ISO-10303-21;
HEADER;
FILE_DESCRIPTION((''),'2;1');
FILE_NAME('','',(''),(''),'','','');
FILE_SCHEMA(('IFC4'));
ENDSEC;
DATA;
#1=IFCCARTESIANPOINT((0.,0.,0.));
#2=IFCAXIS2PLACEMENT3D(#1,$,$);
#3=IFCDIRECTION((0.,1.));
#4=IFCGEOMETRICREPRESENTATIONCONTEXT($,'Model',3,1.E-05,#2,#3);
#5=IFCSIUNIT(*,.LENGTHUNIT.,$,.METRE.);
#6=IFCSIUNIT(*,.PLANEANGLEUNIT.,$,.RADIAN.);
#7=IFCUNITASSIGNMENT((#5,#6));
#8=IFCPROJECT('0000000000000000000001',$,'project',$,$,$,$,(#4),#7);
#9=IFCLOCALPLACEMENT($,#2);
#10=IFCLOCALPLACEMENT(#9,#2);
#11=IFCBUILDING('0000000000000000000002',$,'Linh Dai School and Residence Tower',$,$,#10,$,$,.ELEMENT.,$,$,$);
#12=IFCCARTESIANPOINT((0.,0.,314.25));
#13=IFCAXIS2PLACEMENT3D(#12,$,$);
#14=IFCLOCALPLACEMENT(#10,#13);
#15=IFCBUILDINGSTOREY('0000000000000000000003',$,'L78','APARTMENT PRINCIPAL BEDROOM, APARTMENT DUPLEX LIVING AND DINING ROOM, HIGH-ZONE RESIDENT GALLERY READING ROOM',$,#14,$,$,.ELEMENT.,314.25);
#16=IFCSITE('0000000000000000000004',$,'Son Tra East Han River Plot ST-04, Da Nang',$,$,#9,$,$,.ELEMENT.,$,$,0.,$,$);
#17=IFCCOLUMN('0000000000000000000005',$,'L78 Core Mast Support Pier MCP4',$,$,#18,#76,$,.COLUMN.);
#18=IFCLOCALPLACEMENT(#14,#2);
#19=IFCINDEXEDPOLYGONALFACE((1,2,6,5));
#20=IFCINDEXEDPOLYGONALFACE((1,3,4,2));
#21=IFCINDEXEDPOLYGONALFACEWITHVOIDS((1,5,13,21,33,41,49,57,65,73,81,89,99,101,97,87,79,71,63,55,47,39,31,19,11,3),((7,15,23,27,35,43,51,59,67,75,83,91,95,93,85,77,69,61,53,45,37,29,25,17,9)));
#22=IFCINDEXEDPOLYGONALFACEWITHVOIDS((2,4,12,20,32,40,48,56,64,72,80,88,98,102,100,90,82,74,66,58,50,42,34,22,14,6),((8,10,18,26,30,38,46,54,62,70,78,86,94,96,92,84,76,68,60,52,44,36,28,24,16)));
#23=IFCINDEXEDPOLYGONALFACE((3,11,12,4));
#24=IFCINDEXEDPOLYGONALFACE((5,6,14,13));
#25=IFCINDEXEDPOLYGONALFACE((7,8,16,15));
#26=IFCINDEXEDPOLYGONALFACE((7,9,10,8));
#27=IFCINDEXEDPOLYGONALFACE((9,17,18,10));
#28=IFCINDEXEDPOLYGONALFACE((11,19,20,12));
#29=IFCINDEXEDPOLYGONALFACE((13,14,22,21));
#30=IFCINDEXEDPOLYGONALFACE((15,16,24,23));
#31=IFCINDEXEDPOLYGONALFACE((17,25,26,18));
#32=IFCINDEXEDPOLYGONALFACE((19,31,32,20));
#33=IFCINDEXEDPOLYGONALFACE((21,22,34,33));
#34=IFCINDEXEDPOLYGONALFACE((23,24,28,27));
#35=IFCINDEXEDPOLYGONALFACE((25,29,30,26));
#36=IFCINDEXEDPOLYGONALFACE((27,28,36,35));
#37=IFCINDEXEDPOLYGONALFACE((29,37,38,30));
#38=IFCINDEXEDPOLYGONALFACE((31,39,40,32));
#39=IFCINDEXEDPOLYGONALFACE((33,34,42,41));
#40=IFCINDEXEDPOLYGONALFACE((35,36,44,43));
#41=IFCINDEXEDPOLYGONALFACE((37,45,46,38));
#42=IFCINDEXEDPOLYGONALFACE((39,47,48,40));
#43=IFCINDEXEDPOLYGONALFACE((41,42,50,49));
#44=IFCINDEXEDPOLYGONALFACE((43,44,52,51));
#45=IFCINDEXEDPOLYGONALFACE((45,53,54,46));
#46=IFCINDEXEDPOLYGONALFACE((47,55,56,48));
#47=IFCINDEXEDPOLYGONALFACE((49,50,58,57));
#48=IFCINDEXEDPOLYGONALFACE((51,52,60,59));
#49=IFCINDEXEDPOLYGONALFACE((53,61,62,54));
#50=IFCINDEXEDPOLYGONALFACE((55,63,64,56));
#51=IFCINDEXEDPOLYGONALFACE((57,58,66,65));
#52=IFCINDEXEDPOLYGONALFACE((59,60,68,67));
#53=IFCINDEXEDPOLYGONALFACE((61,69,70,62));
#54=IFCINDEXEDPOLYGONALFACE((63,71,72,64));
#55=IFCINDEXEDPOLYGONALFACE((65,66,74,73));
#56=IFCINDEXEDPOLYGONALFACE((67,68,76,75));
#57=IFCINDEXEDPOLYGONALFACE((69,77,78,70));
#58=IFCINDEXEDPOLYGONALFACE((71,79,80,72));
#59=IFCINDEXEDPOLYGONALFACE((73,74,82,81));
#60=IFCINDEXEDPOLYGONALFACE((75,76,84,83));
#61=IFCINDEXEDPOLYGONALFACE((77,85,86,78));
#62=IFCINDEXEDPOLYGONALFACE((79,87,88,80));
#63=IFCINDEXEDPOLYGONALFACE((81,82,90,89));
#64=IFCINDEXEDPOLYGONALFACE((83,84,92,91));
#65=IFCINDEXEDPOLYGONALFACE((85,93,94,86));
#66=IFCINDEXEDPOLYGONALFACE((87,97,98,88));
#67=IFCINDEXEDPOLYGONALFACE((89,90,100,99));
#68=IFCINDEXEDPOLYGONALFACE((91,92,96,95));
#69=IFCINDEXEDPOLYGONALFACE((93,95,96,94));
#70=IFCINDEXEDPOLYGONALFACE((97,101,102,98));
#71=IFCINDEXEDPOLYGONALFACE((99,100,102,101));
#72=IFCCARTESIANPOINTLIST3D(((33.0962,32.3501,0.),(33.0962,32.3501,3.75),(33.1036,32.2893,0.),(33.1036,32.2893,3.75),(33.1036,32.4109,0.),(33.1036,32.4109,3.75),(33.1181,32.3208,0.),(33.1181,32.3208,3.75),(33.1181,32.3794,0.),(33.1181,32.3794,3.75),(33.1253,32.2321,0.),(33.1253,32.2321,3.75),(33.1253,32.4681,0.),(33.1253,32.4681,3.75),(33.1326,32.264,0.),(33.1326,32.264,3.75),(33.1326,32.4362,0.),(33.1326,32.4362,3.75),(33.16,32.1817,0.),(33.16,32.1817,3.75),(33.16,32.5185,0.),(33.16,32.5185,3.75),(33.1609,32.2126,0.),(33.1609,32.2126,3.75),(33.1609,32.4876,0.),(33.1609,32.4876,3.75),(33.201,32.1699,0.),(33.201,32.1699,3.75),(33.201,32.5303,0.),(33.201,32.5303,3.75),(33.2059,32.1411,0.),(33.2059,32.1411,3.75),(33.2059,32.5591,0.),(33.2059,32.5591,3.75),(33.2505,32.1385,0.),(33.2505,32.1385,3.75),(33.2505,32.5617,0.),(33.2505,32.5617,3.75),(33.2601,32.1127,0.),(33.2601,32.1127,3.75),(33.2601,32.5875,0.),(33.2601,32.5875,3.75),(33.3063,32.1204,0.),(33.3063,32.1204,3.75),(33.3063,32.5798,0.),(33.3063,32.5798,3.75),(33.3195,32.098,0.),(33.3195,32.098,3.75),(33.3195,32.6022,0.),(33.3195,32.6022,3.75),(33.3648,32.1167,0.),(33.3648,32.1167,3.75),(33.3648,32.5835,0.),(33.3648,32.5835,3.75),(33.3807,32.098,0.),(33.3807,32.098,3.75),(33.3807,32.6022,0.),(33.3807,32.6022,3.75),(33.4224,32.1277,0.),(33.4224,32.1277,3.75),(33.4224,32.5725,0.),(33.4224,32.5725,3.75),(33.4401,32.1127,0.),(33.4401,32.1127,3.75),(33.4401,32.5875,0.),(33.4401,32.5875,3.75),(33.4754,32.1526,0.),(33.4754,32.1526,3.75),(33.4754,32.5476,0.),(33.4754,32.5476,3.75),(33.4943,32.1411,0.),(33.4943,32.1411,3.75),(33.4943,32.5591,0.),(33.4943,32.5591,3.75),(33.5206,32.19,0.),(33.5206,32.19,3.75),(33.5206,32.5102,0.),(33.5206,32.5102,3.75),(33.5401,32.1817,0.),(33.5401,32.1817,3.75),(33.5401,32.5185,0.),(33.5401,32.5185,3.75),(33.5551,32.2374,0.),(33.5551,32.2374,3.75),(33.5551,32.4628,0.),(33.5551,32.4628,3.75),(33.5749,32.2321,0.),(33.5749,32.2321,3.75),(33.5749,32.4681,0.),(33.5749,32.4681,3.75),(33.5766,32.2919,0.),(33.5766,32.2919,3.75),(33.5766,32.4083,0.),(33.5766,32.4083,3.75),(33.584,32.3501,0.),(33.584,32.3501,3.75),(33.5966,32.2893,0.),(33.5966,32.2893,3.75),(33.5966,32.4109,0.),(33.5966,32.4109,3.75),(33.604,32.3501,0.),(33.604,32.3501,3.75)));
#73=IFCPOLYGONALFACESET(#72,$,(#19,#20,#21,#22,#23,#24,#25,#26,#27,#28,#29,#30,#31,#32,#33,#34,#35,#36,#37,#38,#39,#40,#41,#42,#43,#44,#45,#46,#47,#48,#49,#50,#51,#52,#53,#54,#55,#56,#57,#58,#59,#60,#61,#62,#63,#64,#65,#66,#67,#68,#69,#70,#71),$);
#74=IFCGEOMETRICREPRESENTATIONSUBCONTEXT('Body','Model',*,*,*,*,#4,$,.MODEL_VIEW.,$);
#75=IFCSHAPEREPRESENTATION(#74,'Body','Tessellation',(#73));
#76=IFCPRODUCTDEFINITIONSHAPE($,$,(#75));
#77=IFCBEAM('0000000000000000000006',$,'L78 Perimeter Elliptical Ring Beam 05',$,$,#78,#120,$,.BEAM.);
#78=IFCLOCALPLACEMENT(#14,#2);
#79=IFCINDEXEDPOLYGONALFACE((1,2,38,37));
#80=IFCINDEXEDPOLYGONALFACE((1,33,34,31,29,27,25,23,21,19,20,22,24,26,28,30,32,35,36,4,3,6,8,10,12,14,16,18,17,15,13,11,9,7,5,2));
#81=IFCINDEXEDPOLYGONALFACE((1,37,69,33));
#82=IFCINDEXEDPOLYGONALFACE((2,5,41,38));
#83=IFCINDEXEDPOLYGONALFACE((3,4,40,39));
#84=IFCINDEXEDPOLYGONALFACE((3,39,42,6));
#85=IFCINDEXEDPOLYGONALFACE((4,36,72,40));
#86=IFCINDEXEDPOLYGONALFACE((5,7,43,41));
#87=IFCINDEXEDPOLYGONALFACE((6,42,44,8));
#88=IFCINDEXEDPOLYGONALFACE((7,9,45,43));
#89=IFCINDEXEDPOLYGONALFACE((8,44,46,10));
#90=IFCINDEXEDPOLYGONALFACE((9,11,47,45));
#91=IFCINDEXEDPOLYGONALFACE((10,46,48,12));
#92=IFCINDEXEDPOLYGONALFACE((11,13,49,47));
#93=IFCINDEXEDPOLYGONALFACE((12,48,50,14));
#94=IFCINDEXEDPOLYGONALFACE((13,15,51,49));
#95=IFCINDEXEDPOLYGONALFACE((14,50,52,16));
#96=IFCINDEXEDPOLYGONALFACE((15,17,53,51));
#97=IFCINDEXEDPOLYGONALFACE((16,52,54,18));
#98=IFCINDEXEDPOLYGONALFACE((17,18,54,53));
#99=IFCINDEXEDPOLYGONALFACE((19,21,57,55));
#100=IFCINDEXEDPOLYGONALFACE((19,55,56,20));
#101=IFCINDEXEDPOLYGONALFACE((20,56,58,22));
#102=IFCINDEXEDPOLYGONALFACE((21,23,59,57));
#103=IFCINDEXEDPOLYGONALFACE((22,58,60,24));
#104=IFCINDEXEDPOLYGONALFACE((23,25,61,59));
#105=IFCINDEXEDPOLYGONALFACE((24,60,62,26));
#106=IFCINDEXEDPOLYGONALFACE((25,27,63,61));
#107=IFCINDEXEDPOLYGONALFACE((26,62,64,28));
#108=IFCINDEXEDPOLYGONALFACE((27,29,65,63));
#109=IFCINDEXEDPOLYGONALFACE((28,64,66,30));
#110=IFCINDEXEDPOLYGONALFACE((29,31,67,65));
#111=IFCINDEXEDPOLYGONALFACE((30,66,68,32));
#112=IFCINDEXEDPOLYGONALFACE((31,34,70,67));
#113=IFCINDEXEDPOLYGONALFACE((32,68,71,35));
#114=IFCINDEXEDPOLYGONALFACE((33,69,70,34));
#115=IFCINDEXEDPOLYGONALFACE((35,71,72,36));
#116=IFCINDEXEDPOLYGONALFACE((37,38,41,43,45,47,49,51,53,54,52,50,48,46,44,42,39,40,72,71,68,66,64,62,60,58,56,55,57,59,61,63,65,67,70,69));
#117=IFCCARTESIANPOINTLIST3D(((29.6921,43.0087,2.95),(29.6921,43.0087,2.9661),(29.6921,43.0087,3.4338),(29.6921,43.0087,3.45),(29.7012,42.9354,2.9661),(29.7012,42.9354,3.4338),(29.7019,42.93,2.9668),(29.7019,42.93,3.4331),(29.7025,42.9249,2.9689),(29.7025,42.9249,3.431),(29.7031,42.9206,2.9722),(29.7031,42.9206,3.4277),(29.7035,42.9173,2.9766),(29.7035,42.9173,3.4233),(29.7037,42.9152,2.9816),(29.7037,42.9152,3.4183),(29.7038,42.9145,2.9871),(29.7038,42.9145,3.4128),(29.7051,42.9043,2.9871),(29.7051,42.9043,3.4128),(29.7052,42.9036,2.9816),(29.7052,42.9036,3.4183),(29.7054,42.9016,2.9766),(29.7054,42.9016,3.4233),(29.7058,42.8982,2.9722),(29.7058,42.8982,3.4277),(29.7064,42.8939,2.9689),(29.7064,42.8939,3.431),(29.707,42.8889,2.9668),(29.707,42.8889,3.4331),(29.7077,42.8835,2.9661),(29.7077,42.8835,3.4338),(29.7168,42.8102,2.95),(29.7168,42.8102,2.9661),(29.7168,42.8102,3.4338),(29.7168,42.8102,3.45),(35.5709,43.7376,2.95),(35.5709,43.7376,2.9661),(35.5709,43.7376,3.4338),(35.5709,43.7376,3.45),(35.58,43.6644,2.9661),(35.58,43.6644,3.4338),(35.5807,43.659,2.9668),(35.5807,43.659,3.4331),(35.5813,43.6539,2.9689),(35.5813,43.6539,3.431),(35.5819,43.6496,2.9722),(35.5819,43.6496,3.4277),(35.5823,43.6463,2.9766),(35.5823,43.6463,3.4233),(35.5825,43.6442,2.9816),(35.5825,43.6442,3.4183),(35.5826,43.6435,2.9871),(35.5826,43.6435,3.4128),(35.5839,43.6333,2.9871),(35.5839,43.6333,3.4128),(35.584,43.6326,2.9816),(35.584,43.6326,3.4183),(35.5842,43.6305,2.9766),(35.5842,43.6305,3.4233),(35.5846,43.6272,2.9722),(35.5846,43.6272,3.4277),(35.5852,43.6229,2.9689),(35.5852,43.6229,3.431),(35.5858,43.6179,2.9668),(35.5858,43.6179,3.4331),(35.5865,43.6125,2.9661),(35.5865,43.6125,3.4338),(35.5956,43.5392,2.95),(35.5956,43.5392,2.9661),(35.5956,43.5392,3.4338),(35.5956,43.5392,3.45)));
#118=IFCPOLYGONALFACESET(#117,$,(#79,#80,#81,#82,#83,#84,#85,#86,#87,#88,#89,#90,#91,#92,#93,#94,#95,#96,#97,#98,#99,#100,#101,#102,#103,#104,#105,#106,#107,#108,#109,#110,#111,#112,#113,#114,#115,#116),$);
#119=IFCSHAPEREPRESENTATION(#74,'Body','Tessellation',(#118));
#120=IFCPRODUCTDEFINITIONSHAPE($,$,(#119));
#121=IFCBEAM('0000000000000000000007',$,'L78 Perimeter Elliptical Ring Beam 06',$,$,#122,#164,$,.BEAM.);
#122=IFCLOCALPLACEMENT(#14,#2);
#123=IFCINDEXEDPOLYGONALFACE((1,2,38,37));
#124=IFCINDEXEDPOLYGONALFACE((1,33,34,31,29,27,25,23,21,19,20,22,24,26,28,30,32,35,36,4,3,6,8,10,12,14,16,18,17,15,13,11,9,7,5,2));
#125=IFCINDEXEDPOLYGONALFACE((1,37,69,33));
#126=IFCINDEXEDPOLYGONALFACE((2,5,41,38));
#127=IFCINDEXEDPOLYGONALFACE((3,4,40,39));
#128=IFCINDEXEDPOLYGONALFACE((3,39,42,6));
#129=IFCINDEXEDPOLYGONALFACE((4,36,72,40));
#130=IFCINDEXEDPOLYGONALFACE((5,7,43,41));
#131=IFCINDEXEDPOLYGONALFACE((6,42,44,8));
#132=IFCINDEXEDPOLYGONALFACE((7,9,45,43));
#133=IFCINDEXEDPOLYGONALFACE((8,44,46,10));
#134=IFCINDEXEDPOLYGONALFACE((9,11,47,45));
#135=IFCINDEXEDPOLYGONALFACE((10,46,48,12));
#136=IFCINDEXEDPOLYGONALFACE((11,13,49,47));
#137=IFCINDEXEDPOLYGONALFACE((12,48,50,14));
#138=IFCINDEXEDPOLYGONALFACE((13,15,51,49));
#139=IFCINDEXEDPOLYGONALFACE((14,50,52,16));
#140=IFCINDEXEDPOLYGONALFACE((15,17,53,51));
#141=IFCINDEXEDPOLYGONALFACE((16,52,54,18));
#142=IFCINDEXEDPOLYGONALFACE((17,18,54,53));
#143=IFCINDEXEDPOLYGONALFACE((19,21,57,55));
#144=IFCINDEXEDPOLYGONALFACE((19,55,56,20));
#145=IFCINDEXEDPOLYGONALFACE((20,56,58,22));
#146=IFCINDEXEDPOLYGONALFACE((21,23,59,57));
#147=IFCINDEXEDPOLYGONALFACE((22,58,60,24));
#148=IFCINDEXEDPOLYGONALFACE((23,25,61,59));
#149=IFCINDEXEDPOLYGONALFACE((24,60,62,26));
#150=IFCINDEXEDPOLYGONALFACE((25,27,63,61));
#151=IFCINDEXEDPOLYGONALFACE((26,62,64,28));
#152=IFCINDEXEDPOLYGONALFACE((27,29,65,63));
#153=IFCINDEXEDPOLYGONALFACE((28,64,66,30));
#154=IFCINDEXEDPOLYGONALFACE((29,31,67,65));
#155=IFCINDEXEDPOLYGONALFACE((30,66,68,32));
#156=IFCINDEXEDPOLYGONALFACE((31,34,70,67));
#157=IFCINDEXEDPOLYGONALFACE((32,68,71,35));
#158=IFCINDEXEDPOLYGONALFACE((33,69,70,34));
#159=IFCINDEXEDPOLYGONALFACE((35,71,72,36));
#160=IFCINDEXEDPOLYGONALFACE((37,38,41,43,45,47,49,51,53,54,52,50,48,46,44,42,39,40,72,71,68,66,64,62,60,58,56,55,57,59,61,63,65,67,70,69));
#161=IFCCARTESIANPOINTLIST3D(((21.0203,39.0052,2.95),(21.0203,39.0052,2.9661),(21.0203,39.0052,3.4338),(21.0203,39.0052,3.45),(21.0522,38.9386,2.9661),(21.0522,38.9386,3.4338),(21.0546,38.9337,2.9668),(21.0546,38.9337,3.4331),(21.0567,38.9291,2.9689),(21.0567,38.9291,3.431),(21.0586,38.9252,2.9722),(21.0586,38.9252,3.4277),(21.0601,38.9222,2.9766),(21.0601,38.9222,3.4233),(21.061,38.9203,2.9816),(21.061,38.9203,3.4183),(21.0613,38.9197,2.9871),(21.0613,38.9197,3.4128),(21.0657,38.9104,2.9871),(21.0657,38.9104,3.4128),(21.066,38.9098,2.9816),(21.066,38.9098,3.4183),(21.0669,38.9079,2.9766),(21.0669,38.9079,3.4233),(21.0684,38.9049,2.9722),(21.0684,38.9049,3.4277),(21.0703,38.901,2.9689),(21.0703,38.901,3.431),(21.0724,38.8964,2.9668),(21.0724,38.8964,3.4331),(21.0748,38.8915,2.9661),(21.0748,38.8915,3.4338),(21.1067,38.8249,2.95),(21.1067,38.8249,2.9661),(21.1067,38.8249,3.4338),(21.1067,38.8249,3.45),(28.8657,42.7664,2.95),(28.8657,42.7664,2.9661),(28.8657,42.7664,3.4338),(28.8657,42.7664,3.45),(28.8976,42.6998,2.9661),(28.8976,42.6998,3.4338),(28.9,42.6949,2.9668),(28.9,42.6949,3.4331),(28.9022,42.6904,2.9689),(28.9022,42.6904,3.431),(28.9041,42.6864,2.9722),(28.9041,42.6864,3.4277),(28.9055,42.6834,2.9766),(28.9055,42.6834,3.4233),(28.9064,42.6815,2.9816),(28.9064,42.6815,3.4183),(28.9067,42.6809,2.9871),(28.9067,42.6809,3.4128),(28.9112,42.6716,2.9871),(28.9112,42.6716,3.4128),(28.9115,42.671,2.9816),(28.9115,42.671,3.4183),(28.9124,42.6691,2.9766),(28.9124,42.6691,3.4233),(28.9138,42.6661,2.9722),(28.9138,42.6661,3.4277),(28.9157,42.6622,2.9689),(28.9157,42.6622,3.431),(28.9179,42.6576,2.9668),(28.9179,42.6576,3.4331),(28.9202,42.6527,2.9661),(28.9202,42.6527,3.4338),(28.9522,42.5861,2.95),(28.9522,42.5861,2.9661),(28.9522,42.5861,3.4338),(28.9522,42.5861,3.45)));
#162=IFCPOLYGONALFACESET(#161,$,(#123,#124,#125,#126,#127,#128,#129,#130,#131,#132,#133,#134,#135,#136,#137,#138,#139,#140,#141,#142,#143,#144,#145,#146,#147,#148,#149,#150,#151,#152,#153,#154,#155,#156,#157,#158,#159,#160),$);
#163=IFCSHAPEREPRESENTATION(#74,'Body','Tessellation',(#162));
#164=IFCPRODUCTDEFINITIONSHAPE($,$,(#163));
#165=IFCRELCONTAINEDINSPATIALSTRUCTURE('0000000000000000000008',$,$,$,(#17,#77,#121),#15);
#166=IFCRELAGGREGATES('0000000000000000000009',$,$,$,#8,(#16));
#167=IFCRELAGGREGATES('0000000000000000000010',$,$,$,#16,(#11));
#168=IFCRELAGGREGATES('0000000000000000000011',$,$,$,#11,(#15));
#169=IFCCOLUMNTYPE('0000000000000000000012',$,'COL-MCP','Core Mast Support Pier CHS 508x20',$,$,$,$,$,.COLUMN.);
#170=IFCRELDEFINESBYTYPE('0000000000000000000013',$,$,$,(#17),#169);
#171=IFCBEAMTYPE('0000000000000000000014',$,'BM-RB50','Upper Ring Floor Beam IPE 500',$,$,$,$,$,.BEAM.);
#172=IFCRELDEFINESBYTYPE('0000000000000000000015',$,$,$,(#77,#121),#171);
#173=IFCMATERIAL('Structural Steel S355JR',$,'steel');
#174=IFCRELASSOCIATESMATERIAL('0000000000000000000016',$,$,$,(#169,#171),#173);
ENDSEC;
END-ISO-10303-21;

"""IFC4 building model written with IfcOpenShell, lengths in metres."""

from ifc_helpers import new_model, si_unit, direction, frame, origin, origin_2d, place, context, subcontext, project, spatial, hollow_circle, i_section, extrude, material, material_profile, profile_set, type_object, element, save


model = new_model("IFC4")

# Units and contexts
model_context = context("Model", 3, precision=1e-05, world=origin(), true_north=direction((0.0, 1.0)))
body_context = subcontext(model_context, "Body", "Model", "MODEL_VIEW")
ifc_project = project(units=[si_unit("LENGTHUNIT", "METRE"), si_unit("PLANEANGLEUNIT", "RADIAN")], contexts=[model_context])

# Site, building, storey
site_placement = place(None, origin())
site = spatial("IfcSite", under=ifc_project, at=site_placement, Name="Son Tra East Han River Plot ST-04, Da Nang", CompositionType="ELEMENT", RefElevation=0.0)
building_placement = place(site_placement, origin())
building = spatial("IfcBuilding", under=site, at=building_placement, Name="Linh Dai School and Residence Tower", CompositionType="ELEMENT")
storey_placement = place(building_placement, frame((0.0, 0.0, 314.25)))
storey = spatial("IfcBuildingStorey", under=building, at=storey_placement, Name="L78", Description="APARTMENT PRINCIPAL BEDROOM, APARTMENT DUPLEX LIVING AND DINING ROOM, HIGH-ZONE RESIDENT GALLERY READING ROOM", CompositionType="ELEMENT", Elevation=314.25)

# Column
ifc_material_1 = material(Name="Structural Steel S355JR", Category="steel")
ifc_material_profile_1 = material_profile(ifc_material_1, hollow_circle(Radius=0.2539, WallThickness=0.02, at=origin_2d()), Name="CHS 508x20")
ifc_profile_set_1 = profile_set([ifc_material_profile_1], Name="Structural Steel S355JR")
column_type_1 = type_object("IfcColumnType", Name="COL-MCP", Description="Core Mast Support Pier CHS 508x20", PredefinedType="COLUMN", material=ifc_profile_set_1)
column_placement = place(storey_placement, frame((33.3501, 32.3501, 0.0), z_axis=(0.0, 0.0, 1.0), x_axis=(1.0, 0.0, 0.0)))
element("IfcColumn", 1, at=column_placement, inside=storey, type_object=column_type_1, Name="L78 Core Mast Support Pier MCP4", PredefinedType="COLUMN", context=body_context, shape_type="SweptSolid", body=[
    extrude(hollow_circle(Radius=0.2539, WallThickness=0.02, at=origin_2d()), origin(), (0.0, 0.0, 1.0), 3.75),
])

# Beams
ifc_material_profile_2 = material_profile(ifc_material_1, i_section(OverallWidth=0.2, OverallDepth=0.5, WebThickness=0.0103, FlangeThickness=0.0161, FilletRadius=0.021, at=origin_2d()), Name="IPE 500")
ifc_profile_set_2 = profile_set([ifc_material_profile_2], Name="Structural Steel S355JR")
beam_type_1 = type_object("IfcBeamType", Name="BM-RB50", Description="Upper Ring Floor Beam IPE 500", PredefinedType="BEAM", material=ifc_profile_set_2)
beam_1_placement = place(storey_placement, frame((35.5833, 43.6384, 3.2), z_axis=(-0.992399, -0.123061, 0.0), x_axis=(0.123061, -0.992399, 0.0)))
element("IfcBeam", 2, at=beam_1_placement, inside=storey, type_object=beam_type_1, Name="L78 Perimeter Elliptical Ring Beam 05", PredefinedType="BEAM", context=body_context, shape_type="SweptSolid", body=[
    extrude(i_section(OverallWidth=0.2, OverallDepth=0.5, WebThickness=0.0103, FlangeThickness=0.0161, FilletRadius=0.021, at=origin_2d()), origin(), (0.0, 0.0, 1.0), 5.9238),
])
beam_2_placement = place(storey_placement, frame((28.9089, 42.6763, 3.2), z_axis=(-0.901729, -0.432302, 0.0), x_axis=(0.432302, -0.901729, 0.0)))
element("IfcBeam", 3, at=beam_2_placement, inside=storey, type_object=beam_type_1, Name="L78 Perimeter Elliptical Ring Beam 06", PredefinedType="BEAM", context=body_context, shape_type="SweptSolid", body=[
    extrude(i_section(OverallWidth=0.2, OverallDepth=0.5, WebThickness=0.0103, FlangeThickness=0.0161, FilletRadius=0.021, at=origin_2d()), origin(), (0.0, 0.0, 1.0), 8.7004),
])

save(model, "model.ifc")
